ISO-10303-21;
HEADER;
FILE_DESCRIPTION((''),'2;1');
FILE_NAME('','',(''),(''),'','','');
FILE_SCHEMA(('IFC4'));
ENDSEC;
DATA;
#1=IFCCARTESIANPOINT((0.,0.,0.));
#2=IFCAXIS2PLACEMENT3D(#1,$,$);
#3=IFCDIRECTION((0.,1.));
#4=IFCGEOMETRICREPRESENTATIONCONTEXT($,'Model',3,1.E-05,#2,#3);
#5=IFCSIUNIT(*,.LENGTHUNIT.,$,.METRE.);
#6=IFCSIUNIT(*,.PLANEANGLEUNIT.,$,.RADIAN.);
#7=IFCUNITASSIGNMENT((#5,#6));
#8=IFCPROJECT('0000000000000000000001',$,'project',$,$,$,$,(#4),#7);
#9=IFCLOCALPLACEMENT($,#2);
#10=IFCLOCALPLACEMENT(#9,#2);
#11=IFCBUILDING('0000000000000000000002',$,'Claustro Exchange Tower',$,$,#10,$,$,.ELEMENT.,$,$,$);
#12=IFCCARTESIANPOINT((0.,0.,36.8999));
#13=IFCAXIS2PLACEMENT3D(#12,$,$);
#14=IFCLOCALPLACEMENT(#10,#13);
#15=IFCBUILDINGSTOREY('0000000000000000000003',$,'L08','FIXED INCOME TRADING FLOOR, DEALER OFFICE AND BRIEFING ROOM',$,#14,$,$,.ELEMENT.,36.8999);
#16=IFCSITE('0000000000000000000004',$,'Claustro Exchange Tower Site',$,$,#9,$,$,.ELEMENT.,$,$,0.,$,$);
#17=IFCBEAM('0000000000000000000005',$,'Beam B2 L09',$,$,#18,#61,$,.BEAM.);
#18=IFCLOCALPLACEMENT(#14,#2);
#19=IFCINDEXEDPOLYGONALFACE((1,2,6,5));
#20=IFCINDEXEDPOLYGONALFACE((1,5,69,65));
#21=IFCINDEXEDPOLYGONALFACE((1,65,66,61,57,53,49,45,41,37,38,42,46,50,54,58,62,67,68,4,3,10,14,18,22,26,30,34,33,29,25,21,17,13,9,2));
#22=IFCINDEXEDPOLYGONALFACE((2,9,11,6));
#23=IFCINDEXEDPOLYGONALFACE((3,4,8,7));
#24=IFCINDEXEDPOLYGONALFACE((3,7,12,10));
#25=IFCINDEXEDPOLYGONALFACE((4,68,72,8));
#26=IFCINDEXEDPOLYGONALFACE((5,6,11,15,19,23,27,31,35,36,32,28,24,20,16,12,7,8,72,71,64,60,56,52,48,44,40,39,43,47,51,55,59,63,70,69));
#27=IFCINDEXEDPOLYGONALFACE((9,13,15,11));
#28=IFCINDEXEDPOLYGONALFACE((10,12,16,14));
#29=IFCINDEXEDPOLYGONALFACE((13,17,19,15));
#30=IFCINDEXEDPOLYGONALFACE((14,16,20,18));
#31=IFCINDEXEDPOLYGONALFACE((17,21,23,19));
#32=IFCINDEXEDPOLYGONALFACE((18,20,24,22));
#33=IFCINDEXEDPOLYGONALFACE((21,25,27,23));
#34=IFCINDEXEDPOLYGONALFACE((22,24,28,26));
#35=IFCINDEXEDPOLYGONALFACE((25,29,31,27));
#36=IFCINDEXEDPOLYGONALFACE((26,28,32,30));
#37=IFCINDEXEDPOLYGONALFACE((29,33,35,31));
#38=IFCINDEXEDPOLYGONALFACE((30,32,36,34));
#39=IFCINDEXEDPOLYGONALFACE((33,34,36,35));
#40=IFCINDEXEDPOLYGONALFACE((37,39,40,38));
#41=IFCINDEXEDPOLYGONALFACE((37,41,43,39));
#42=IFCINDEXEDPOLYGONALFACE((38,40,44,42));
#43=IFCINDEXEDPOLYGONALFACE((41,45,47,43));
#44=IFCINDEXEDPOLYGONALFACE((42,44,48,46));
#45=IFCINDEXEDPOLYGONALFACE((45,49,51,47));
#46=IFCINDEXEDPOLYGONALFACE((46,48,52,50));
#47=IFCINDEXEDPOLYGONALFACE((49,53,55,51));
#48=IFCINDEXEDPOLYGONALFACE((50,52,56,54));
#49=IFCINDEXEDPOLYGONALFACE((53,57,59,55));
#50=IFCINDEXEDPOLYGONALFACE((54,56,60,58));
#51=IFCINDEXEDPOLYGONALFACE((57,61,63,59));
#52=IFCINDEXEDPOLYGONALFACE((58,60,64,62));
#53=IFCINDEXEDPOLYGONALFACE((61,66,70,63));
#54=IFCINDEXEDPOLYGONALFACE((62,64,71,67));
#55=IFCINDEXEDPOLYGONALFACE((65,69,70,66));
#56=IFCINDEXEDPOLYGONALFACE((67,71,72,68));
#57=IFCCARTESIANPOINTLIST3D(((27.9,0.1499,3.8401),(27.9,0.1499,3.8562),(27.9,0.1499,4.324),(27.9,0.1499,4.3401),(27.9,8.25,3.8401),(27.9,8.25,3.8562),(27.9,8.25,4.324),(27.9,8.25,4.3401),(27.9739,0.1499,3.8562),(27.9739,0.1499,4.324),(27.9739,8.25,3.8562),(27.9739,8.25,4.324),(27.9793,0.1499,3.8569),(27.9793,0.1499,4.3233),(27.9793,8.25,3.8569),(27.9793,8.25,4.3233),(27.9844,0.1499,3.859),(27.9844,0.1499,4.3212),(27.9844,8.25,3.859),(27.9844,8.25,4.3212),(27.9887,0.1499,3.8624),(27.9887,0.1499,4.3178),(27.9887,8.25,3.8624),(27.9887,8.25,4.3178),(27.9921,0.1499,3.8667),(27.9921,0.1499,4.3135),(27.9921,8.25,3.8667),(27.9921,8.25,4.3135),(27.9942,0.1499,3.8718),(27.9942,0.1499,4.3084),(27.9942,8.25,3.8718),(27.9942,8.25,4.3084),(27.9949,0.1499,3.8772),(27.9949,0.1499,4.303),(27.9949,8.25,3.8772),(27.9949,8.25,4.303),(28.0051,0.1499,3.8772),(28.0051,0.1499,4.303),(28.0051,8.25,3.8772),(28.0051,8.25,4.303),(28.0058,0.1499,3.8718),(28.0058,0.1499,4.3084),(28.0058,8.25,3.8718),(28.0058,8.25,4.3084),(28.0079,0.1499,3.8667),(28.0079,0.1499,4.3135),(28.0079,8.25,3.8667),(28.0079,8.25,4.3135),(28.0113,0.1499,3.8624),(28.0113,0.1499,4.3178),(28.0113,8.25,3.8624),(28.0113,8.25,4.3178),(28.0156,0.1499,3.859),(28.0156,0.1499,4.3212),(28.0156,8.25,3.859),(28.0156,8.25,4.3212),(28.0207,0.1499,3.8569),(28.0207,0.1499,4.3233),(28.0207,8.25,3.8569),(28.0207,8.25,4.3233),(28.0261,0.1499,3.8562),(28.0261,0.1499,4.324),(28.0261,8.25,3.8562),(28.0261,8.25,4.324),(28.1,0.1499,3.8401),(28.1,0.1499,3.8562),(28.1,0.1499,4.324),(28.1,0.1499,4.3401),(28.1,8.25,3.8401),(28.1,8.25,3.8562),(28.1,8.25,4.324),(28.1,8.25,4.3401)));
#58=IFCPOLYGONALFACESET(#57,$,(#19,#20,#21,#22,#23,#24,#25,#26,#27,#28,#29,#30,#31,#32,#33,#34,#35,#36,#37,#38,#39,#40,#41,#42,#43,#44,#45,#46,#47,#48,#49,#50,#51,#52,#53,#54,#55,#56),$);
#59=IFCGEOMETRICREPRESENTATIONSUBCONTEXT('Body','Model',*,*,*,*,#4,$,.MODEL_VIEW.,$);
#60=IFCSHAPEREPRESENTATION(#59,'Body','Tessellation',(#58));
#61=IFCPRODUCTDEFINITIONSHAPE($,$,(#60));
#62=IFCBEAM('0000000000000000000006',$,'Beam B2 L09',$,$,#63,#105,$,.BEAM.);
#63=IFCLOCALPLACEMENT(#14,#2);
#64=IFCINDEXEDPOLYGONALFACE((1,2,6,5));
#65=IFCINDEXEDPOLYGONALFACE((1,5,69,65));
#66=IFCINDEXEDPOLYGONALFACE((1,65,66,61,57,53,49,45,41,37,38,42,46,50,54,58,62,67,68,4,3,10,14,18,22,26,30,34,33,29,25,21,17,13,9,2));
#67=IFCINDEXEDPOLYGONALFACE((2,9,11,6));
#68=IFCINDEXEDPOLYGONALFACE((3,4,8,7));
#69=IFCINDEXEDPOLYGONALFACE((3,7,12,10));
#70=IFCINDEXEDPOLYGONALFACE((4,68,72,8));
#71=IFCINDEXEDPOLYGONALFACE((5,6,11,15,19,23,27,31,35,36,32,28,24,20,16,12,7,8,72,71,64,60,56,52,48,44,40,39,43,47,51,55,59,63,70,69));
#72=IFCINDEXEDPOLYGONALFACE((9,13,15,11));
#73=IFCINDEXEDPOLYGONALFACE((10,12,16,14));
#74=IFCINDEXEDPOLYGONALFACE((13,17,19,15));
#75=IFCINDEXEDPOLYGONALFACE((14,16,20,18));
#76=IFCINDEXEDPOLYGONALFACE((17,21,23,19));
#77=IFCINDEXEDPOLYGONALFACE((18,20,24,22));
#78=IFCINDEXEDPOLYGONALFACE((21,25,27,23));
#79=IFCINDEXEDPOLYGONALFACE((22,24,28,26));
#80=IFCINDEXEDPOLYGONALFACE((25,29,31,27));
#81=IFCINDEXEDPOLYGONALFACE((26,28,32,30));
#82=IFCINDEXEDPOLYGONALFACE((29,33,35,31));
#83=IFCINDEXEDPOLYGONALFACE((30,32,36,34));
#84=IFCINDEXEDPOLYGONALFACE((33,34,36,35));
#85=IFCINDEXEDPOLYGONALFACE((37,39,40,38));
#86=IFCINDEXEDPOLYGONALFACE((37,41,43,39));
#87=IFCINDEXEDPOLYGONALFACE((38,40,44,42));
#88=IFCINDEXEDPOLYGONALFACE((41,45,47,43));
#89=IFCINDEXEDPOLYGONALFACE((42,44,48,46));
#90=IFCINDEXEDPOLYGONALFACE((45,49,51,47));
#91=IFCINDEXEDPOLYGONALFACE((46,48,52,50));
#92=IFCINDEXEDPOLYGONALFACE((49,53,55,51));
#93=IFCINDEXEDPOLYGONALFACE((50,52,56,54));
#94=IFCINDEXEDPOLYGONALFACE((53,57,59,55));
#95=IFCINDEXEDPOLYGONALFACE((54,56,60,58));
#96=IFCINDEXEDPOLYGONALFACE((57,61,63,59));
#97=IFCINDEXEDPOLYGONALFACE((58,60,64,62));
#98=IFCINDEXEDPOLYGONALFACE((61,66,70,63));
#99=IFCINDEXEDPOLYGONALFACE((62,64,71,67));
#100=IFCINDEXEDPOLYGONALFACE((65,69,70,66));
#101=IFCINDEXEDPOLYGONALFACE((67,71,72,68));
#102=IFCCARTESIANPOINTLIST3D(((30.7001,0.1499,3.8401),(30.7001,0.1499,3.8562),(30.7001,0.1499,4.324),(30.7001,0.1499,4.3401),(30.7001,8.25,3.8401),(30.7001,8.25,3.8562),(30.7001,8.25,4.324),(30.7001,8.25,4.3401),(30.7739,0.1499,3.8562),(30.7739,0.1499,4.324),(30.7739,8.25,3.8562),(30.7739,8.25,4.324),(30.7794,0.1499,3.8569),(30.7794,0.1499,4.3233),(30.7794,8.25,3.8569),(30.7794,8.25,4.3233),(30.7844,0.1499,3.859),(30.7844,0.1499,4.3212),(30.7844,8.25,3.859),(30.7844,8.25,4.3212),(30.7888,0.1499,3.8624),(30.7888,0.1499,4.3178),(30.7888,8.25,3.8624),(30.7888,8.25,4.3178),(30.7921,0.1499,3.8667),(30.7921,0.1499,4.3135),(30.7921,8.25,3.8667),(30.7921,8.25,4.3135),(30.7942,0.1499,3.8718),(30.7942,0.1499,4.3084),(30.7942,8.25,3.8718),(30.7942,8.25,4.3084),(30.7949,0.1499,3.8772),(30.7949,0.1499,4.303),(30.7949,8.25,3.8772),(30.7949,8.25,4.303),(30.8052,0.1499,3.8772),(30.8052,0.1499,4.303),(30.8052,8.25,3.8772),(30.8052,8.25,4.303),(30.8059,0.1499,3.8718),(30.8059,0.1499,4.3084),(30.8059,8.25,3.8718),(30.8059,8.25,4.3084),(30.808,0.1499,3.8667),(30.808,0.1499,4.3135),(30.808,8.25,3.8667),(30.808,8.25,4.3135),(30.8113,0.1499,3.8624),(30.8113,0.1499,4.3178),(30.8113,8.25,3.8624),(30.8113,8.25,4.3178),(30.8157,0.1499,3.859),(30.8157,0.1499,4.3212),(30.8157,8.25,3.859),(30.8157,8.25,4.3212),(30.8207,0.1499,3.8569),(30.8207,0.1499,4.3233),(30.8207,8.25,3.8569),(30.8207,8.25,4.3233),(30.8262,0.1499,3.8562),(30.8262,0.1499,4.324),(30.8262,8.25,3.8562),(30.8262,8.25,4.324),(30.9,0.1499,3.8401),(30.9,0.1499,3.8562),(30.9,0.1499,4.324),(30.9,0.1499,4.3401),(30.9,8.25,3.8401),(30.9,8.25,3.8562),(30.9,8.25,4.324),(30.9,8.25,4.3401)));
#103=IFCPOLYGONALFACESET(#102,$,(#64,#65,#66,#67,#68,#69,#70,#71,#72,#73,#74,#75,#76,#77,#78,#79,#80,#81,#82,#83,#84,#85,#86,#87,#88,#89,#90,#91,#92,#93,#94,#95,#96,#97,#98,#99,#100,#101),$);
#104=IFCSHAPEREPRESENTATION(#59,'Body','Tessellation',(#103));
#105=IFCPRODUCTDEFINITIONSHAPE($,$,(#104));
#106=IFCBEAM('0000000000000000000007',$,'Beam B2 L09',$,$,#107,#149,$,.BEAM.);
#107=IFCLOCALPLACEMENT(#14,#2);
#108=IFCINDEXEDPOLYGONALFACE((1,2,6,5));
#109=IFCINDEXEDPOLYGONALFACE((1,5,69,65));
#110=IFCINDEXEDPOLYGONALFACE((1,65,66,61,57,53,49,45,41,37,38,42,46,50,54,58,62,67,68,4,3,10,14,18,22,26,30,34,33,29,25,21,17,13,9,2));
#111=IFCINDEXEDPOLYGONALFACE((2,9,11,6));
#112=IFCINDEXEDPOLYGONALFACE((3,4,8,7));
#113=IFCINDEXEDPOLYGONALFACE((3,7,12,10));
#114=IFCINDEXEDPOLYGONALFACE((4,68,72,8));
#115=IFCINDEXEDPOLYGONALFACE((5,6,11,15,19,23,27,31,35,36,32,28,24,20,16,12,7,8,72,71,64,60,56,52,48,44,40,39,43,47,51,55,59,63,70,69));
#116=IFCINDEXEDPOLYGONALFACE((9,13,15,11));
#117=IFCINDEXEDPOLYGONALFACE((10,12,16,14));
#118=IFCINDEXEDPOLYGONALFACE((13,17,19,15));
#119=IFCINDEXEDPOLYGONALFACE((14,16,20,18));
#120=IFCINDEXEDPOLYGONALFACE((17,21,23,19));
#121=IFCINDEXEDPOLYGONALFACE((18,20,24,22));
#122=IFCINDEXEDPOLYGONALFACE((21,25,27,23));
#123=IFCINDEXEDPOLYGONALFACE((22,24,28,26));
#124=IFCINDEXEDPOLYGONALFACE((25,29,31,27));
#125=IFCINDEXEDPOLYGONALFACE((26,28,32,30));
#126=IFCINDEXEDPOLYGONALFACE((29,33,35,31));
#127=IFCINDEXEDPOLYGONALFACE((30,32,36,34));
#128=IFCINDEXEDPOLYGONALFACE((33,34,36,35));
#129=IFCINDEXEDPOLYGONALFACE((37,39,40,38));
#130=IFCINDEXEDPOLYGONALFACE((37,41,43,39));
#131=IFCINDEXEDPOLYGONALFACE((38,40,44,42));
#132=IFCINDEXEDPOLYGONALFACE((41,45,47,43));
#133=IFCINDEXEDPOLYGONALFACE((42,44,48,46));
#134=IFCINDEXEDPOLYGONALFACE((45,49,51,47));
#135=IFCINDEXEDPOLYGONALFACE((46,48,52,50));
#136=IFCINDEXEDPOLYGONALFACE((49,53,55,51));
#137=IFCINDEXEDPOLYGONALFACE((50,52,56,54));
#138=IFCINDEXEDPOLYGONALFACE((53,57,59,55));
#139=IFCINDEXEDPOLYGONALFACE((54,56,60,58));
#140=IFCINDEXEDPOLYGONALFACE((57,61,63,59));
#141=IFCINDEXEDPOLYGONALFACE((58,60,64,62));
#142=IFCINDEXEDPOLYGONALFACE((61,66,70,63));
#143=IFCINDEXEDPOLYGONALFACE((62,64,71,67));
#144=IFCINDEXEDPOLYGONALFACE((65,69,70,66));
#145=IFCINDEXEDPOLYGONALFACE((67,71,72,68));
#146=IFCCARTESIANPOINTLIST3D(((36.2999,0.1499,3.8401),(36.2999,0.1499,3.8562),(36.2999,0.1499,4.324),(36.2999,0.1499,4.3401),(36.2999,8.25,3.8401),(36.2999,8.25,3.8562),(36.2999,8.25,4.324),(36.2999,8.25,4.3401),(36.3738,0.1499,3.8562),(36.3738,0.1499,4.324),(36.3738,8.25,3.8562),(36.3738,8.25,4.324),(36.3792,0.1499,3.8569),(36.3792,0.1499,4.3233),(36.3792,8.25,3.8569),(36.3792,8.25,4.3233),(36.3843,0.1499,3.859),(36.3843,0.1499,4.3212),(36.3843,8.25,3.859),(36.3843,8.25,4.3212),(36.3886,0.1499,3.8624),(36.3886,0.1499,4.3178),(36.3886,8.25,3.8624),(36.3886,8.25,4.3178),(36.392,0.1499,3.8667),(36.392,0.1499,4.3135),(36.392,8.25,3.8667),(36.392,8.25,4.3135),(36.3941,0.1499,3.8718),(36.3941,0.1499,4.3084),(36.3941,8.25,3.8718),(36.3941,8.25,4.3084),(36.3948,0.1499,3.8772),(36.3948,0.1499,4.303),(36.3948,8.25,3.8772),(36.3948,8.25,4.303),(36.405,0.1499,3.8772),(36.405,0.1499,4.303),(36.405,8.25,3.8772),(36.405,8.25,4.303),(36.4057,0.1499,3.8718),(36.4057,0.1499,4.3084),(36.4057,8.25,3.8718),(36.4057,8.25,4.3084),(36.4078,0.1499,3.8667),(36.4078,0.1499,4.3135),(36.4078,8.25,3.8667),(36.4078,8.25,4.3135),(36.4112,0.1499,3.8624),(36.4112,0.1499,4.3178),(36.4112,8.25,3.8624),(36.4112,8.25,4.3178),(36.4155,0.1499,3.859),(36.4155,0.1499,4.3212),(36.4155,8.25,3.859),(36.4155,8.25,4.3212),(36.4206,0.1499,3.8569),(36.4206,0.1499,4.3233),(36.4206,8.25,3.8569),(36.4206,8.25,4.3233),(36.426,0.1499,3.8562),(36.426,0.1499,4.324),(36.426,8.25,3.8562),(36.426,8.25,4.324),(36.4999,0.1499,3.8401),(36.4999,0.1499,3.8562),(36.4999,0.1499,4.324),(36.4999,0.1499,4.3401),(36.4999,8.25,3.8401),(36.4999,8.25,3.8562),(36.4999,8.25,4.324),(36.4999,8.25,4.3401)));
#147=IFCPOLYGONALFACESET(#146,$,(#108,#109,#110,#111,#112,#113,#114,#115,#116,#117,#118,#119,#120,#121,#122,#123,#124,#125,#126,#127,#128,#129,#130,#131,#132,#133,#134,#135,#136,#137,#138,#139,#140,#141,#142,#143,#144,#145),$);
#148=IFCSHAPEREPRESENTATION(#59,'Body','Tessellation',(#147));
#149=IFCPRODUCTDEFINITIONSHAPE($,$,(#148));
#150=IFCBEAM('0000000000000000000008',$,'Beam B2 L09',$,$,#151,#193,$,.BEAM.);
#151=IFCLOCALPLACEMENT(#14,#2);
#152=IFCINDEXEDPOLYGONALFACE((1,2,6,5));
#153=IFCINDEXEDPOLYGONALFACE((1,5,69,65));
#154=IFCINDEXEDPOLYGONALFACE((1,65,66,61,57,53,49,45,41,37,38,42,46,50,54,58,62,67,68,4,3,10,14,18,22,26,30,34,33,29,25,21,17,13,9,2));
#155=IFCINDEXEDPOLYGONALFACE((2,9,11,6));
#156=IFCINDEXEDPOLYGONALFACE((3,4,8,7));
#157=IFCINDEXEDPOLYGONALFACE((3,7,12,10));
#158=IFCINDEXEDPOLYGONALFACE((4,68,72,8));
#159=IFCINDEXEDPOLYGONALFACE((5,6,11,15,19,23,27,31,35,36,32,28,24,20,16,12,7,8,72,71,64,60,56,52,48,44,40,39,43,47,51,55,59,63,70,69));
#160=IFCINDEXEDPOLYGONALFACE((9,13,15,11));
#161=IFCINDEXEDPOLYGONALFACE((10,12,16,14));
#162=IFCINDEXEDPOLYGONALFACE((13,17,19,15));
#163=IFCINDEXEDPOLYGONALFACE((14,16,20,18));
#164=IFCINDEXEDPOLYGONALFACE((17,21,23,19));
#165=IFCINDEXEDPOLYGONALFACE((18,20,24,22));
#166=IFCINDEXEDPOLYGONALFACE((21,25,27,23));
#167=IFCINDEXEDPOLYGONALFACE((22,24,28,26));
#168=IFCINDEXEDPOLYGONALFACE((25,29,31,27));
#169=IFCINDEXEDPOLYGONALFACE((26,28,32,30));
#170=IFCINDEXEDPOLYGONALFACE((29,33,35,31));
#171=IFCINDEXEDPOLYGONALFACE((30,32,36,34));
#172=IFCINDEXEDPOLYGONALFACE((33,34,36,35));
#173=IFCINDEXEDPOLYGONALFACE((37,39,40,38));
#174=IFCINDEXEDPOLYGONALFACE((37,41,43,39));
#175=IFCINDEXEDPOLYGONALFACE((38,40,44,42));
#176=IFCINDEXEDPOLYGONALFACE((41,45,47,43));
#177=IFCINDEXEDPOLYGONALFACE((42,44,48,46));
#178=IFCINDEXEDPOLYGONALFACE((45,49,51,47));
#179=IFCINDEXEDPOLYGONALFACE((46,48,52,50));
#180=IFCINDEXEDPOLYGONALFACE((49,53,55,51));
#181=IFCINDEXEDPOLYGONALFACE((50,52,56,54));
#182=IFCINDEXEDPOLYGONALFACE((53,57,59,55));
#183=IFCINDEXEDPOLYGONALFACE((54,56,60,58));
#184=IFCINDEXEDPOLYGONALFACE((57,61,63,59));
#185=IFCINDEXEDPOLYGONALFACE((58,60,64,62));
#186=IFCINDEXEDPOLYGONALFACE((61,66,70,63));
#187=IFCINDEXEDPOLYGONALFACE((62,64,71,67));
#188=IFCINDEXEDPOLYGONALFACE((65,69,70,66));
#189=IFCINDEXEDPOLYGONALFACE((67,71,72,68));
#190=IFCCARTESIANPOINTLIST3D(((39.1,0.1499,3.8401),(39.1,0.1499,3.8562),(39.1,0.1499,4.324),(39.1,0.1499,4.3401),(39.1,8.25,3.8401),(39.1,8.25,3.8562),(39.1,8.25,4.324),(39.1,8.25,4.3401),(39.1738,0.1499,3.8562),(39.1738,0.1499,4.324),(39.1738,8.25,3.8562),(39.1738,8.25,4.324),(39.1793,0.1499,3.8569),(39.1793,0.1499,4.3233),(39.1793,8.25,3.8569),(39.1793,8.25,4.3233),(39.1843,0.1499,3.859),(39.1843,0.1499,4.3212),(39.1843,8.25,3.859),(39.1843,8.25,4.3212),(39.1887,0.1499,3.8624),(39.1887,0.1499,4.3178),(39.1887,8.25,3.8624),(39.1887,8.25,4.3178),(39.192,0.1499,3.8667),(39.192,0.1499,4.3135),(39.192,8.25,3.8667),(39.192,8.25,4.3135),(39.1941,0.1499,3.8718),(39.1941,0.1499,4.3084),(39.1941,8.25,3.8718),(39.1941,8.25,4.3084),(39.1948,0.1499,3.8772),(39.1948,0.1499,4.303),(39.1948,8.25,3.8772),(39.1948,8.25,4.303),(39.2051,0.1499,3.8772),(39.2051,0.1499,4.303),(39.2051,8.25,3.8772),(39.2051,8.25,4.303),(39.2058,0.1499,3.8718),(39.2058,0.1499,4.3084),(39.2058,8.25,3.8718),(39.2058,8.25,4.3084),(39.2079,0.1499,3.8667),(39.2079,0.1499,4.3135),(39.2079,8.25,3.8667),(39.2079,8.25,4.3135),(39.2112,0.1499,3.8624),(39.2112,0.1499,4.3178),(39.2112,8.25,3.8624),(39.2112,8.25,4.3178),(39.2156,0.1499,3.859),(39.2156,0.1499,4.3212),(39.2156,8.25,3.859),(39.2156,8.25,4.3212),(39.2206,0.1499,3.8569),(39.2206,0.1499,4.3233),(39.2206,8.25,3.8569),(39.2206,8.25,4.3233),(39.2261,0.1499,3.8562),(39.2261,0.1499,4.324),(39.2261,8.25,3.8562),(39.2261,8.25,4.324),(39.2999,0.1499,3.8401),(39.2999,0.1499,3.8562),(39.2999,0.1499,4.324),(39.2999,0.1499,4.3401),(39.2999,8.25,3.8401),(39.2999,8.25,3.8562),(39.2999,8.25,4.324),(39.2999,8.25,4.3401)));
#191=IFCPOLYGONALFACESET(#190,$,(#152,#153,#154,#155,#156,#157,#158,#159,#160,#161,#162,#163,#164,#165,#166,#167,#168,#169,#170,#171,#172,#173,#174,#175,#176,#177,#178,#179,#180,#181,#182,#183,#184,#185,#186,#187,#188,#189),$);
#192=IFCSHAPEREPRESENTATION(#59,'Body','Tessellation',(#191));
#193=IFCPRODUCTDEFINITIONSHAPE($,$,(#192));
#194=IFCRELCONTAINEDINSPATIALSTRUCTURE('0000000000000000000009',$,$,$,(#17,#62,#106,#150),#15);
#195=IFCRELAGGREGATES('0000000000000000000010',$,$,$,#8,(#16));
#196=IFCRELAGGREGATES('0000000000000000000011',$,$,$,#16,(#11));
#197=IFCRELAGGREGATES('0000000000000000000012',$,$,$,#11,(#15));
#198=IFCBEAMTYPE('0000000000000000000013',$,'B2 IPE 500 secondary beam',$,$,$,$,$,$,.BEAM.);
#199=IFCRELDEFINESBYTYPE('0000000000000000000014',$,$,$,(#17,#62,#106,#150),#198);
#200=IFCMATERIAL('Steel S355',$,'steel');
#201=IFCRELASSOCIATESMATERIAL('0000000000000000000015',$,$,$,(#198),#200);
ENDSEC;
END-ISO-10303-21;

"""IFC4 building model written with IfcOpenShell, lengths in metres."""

from ifc_helpers import new_model, si_unit, direction, frame, origin, origin_2d, place, context, subcontext, project, spatial, i_section, extrude, material, material_profile, profile_set, type_object, element, save


model = new_model("IFC4")

# Units and contexts
model_context = context("Model", 3, precision=1e-05, world=origin(), true_north=direction((0.0, 1.0)))
body_context = subcontext(model_context, "Body", "Model", "MODEL_VIEW")
ifc_project = project(units=[si_unit("LENGTHUNIT", "METRE"), si_unit("PLANEANGLEUNIT", "RADIAN")], contexts=[model_context])

# Site, building, storey
site_placement = place(None, origin())
site = spatial("IfcSite", under=ifc_project, at=site_placement, Name="Claustro Exchange Tower Site", CompositionType="ELEMENT", RefElevation=0.0)
building_placement = place(site_placement, origin())
building = spatial("IfcBuilding", under=site, at=building_placement, Name="Claustro Exchange Tower", CompositionType="ELEMENT")
storey_placement = place(building_placement, frame((0.0, 0.0, 36.8999)))
storey = spatial("IfcBuildingStorey", under=building, at=storey_placement, Name="L08", Description="FIXED INCOME TRADING FLOOR, DEALER OFFICE AND BRIEFING ROOM", CompositionType="ELEMENT", Elevation=36.8999)

# Beams
ifc_material_1 = material(Name="Steel S355", Category="steel")
ifc_material_profile_1 = material_profile(ifc_material_1, i_section(OverallWidth=0.2, OverallDepth=0.5, WebThickness=0.0103, FlangeThickness=0.0161, FilletRadius=0.021, at=origin_2d()), Name="IPE 500")
ifc_profile_set_1 = profile_set([ifc_material_profile_1], Name="Steel S355")
beam_type_1 = type_object("IfcBeamType", Name="B2 IPE 500 secondary beam", PredefinedType="BEAM", material=ifc_profile_set_1)
for number, where, z_axis, x_axis, name in (
    (1, (28.0, 0.1499, 4.0901), (0.0, 1.0, 0.0), (-1.0, 0.0, 0.0), "Beam B2 L09"),
    (2, (30.8, 0.1499, 4.0901), (0.0, 1.0, 0.0), (-1.0, 0.0, 0.0), "Beam B2 L09"),
    (3, (36.3999, 0.1499, 4.0901), (0.0, 1.0, 0.0), (-1.0, 0.0, 0.0), "Beam B2 L09"),
    (4, (39.2, 0.1499, 4.0901), (0.0, 1.0, 0.0), (-1.0, 0.0, 0.0), "Beam B2 L09"),
):
    element("IfcBeam", number, at=place(storey_placement, frame(where, z_axis=z_axis, x_axis=x_axis)), inside=storey, type_object=beam_type_1, Name=name, PredefinedType="BEAM", context=body_context, shape_type="SweptSolid", body=[
        extrude(i_section(OverallWidth=0.2, OverallDepth=0.5, WebThickness=0.0103, FlangeThickness=0.0161, FilletRadius=0.021, at=origin_2d()), origin(), (0.0, 0.0, 1.0), 8.1001),
    ])

save(model, "model.ifc")
